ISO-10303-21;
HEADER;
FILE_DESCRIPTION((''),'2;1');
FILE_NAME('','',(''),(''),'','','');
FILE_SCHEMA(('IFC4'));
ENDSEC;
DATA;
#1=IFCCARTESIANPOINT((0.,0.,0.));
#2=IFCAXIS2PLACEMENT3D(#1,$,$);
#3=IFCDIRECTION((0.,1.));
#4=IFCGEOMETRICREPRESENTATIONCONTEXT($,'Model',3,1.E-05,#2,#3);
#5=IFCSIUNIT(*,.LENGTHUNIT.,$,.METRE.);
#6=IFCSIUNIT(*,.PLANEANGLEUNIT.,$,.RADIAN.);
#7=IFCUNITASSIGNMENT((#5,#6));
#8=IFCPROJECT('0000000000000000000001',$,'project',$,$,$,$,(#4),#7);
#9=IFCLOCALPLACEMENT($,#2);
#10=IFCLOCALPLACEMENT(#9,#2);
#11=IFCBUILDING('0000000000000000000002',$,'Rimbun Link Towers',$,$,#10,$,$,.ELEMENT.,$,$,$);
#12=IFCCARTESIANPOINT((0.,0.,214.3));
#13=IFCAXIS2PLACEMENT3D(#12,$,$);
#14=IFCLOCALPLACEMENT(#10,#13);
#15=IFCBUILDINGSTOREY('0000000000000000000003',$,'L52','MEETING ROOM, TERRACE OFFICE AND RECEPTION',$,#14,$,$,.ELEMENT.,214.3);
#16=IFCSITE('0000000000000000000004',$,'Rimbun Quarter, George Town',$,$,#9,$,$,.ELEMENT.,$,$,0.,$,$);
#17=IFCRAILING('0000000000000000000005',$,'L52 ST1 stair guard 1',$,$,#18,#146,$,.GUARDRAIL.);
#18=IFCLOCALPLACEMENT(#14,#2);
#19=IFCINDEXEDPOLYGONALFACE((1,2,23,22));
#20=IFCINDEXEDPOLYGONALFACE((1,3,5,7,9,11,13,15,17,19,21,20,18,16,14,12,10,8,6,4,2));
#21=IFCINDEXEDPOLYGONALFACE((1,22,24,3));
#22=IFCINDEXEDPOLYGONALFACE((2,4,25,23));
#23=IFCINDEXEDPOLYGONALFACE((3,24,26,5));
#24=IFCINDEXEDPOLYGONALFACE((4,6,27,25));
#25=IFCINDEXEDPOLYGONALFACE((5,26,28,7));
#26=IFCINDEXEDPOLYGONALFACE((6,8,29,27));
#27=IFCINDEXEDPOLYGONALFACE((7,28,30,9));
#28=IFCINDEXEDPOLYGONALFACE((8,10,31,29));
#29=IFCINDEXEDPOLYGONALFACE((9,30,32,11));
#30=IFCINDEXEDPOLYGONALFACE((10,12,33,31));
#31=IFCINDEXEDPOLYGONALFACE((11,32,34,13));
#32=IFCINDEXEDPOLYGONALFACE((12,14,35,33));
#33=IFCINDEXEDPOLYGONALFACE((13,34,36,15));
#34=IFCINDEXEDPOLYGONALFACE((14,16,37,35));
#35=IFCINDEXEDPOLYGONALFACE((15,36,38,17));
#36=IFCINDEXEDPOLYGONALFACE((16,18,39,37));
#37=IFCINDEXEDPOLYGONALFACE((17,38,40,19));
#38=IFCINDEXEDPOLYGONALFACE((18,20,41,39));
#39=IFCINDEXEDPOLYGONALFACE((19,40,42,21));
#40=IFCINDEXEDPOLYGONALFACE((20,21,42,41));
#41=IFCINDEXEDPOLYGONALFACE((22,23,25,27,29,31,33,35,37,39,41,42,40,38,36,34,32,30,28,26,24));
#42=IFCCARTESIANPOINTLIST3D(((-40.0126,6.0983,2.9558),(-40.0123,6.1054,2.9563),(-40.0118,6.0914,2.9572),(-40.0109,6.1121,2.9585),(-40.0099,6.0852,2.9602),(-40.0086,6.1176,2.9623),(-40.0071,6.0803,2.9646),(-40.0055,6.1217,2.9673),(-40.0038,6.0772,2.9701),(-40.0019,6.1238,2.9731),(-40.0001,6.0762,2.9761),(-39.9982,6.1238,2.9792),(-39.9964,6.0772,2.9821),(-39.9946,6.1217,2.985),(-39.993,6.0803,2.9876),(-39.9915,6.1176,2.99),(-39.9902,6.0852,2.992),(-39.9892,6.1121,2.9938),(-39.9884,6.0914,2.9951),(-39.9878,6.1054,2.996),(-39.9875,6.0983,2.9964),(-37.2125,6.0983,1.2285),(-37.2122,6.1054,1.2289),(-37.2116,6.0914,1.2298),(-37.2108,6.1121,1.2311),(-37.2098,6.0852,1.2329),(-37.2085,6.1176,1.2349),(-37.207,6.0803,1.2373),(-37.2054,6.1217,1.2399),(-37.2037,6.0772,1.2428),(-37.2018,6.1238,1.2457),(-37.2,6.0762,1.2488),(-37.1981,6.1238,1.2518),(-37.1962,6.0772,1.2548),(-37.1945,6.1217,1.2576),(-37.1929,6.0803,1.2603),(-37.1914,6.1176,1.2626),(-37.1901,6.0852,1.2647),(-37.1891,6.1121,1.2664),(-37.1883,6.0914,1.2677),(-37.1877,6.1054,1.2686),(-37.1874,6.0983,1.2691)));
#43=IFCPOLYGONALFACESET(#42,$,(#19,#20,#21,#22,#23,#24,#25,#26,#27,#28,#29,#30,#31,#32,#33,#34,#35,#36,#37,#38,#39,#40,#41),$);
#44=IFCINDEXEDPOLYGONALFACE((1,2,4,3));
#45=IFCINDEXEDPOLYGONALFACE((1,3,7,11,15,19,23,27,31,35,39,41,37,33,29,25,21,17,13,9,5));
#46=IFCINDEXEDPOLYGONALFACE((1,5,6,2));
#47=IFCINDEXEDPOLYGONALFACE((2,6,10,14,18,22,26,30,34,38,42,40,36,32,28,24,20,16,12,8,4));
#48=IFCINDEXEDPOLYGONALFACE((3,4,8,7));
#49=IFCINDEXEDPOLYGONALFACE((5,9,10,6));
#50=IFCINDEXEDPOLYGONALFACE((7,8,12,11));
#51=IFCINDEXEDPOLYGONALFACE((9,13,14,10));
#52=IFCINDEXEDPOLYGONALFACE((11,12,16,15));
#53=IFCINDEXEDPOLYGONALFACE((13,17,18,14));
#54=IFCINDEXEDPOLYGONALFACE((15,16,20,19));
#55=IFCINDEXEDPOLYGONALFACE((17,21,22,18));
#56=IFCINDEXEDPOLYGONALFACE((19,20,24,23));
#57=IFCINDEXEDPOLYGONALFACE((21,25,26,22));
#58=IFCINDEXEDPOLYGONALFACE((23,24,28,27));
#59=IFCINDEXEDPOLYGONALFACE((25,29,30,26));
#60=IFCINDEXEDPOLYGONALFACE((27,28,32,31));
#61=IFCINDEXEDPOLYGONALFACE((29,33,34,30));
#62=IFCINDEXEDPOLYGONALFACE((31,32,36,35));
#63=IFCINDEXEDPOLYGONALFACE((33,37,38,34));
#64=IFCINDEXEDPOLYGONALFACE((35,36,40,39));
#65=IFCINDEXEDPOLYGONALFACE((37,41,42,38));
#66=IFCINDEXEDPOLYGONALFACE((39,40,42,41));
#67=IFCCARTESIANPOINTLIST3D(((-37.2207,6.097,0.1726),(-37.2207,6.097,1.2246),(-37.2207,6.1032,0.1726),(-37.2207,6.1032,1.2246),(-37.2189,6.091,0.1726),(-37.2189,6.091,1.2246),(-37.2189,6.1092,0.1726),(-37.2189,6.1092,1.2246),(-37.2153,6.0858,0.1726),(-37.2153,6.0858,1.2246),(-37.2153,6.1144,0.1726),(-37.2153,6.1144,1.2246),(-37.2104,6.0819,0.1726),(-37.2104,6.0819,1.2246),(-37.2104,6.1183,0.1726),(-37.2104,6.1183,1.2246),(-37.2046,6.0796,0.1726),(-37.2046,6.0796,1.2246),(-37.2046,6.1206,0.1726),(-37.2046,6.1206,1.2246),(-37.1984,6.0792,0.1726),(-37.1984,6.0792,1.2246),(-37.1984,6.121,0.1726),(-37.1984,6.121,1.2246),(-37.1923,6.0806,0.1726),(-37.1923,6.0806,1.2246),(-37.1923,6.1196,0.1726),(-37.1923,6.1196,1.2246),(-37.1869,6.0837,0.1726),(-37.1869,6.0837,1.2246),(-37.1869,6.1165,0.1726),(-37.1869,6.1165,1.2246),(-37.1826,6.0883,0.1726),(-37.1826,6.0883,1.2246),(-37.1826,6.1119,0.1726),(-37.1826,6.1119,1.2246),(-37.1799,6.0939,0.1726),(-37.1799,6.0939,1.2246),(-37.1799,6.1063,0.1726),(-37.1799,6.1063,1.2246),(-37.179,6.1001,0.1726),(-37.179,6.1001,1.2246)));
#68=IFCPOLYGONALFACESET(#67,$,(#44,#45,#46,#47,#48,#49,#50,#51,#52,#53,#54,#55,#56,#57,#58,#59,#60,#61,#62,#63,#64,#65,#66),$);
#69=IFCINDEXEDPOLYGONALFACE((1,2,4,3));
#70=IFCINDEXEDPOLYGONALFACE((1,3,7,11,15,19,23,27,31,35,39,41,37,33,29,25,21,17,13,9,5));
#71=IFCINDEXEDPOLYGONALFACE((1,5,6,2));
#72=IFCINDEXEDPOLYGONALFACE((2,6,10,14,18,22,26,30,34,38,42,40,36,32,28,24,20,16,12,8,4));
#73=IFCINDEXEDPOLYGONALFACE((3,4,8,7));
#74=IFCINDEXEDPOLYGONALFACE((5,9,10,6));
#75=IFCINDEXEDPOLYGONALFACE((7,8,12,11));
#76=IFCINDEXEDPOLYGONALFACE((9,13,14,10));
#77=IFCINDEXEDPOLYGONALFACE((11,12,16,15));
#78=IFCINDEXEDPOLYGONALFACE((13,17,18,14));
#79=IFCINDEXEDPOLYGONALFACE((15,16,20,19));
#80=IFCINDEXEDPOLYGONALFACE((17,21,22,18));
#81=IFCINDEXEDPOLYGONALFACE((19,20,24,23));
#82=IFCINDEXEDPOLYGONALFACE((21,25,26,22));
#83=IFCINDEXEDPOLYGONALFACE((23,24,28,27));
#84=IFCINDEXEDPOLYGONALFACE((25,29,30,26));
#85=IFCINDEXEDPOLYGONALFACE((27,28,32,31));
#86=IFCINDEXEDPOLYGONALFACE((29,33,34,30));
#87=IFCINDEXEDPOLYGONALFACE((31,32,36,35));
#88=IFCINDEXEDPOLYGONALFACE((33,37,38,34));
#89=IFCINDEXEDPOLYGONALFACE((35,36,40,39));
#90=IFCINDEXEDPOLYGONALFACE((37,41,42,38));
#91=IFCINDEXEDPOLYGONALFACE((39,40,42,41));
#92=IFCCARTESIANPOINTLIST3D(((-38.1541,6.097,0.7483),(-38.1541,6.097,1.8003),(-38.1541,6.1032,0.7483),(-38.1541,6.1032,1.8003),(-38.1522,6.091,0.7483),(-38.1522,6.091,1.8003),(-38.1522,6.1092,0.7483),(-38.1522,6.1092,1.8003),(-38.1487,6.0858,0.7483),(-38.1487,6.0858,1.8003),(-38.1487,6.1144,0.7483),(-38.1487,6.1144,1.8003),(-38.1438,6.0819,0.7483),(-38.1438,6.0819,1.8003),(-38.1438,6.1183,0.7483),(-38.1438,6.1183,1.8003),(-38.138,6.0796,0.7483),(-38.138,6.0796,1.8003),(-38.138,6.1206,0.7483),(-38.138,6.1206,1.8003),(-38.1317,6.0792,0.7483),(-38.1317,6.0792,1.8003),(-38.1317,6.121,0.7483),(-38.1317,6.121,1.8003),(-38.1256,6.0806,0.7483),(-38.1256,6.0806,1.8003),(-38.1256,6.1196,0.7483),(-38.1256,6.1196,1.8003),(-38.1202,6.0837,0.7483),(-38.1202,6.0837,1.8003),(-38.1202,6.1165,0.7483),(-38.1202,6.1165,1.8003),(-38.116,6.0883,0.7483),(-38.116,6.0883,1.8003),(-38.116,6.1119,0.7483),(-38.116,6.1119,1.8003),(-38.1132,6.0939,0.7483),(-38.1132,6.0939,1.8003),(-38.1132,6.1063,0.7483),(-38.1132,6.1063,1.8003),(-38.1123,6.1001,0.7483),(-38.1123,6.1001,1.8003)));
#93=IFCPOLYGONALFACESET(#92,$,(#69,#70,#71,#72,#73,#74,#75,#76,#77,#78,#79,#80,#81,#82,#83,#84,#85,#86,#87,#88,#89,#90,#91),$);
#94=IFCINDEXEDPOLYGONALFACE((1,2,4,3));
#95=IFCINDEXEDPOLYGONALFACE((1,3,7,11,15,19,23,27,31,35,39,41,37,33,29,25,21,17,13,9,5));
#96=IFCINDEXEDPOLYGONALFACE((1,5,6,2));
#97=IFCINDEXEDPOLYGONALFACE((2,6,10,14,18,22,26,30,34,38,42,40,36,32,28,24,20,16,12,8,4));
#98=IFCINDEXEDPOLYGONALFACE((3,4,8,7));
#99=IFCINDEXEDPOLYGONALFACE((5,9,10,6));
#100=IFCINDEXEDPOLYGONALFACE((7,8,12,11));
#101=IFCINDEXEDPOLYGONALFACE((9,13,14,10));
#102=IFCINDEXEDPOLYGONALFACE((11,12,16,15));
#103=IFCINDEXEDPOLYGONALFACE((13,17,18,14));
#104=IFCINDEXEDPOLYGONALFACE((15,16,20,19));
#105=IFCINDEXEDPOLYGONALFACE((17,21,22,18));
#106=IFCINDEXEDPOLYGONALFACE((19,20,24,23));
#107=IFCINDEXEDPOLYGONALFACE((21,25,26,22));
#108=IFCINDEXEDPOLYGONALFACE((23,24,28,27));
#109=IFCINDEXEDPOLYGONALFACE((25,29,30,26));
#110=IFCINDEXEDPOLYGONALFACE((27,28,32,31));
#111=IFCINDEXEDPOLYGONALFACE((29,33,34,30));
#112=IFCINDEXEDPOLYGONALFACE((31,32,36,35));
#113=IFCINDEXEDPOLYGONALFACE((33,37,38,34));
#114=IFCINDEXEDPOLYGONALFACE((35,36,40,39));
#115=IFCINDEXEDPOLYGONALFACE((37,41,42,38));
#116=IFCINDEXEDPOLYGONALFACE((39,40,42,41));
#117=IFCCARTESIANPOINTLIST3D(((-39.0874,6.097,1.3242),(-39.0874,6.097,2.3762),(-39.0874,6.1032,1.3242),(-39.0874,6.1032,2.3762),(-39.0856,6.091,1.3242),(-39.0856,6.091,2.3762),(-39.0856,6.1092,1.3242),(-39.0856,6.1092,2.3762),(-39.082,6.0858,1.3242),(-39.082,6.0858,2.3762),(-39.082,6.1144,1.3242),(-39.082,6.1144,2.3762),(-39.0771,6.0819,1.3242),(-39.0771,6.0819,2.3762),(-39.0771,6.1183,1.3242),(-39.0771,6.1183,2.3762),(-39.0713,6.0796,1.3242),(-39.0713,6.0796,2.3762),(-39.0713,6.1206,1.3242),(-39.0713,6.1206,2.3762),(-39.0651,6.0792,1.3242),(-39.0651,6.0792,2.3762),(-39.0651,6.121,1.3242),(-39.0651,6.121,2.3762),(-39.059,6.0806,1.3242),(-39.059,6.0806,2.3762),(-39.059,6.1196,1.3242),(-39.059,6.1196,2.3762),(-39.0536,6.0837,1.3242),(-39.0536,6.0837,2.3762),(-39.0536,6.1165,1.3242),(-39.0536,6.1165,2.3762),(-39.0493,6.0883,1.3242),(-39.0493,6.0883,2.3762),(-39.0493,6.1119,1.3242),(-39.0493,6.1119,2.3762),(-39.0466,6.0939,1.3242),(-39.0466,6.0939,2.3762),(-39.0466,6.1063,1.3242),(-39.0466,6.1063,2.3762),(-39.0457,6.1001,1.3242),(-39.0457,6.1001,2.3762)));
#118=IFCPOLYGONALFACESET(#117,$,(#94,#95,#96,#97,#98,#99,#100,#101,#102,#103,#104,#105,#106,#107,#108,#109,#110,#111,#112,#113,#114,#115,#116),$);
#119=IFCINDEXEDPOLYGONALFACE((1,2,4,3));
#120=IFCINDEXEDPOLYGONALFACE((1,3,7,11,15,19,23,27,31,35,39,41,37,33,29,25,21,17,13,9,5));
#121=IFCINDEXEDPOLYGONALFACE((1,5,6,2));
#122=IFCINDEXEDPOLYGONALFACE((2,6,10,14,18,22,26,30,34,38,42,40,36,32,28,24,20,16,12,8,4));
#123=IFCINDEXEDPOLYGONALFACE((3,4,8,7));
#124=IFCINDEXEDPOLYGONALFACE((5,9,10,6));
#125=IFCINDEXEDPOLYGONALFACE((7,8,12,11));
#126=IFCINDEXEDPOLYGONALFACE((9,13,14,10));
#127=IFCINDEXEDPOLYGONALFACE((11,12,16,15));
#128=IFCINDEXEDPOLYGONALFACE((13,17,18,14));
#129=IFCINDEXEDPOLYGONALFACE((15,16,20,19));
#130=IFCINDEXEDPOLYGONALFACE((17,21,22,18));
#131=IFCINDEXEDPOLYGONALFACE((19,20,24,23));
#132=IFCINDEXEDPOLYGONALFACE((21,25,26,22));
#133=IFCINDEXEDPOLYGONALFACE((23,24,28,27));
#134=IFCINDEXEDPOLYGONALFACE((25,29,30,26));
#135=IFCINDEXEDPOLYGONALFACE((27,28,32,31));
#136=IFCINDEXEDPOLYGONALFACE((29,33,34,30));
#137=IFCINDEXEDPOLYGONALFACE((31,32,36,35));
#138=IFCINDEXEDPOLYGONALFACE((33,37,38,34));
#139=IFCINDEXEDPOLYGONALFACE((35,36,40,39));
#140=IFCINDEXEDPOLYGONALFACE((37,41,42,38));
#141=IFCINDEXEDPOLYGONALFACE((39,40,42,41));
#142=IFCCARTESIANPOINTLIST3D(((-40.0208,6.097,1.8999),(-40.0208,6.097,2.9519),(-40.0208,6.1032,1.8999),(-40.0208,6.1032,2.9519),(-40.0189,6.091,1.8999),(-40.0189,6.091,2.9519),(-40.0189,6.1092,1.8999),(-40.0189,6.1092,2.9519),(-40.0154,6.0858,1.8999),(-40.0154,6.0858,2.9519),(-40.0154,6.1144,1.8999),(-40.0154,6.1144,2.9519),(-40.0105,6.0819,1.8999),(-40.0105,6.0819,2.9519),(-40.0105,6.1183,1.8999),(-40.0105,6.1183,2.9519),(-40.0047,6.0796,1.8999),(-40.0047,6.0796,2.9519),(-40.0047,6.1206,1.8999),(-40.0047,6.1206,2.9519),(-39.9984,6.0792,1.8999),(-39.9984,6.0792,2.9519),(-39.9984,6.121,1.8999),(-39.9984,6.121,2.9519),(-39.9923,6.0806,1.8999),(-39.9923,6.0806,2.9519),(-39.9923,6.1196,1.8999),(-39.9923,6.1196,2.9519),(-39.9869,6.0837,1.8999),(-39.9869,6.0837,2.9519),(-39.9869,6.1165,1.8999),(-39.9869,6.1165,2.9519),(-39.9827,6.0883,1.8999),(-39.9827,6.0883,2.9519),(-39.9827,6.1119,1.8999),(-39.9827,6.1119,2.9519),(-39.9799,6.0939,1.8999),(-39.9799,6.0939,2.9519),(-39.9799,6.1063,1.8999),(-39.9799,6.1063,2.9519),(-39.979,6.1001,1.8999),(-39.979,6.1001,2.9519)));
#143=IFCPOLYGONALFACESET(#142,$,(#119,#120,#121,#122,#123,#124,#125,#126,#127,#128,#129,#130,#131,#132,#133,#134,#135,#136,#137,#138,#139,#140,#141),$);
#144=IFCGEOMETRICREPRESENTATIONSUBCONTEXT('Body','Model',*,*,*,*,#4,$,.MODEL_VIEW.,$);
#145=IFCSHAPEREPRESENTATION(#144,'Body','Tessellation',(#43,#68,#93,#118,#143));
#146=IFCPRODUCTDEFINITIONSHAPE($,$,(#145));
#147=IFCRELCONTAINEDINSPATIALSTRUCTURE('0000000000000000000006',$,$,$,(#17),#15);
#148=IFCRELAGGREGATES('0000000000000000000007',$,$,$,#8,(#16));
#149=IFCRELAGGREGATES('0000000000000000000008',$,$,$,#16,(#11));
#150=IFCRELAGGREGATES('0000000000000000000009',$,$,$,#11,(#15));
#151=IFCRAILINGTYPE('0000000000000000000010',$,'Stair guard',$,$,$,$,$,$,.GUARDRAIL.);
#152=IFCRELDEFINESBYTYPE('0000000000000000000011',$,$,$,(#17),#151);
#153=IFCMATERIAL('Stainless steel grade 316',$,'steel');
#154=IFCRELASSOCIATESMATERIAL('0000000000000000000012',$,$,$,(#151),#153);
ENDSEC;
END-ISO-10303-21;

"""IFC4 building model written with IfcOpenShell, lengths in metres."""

from ifc_helpers import new_model, si_unit, direction, frame, origin, origin_2d, place, context, subcontext, project, spatial, circle, extrude, material, type_object, element, save


model = new_model("IFC4")

# Units and contexts
model_context = context("Model", 3, precision=1e-05, world=origin(), true_north=direction((0.0, 1.0)))
body_context = subcontext(model_context, "Body", "Model", "MODEL_VIEW")
ifc_project = project(units=[si_unit("LENGTHUNIT", "METRE"), si_unit("PLANEANGLEUNIT", "RADIAN")], contexts=[model_context])

# Site, building, storey
site_placement = place(None, origin())
site = spatial("IfcSite", under=ifc_project, at=site_placement, Name="Rimbun Quarter, George Town", CompositionType="ELEMENT", RefElevation=0.0)
building_placement = place(site_placement, origin())
building = spatial("IfcBuilding", under=site, at=building_placement, Name="Rimbun Link Towers", CompositionType="ELEMENT")
storey_placement = place(building_placement, frame((0.0, 0.0, 214.3)))
storey = spatial("IfcBuildingStorey", under=building, at=storey_placement, Name="L52", Description="MEETING ROOM, TERRACE OFFICE AND RECEPTION", CompositionType="ELEMENT", Elevation=214.3)

# Railing
ifc_material_1 = material(Name="Stainless steel grade 316", Category="steel")
railing_type_1 = type_object("IfcRailingType", Name="Stair guard", PredefinedType="GUARDRAIL", material=ifc_material_1)
railing_1_placement = place(storey_placement, frame((-37.2, 6.1001, 0.1726)))
element("IfcRailing", 1, at=railing_1_placement, inside=storey, type_object=railing_type_1, Name="L52 ST1 stair guard 1", PredefinedType="GUARDRAIL", context=body_context, shape_type="SweptSolid", body=[
    extrude(circle(Radius=0.0239, at=origin_2d()), frame((0.0, 0.0, 1.0762), z_axis=(-0.85109, 0.0, 0.52502), x_axis=(0.0, -1.0, 0.0)), (0.0, 0.0, 1.0), 3.29),
    extrude(circle(Radius=0.021, at=origin_2d()), origin(), (0.0, 0.0, 1.0), 1.052),
    extrude(circle(Radius=0.021, at=origin_2d()), frame((-0.9333, 0.0, 0.5757)), (0.0, 0.0, 1.0), 1.052),
    extrude(circle(Radius=0.021, at=origin_2d()), frame((-1.8667, 0.0, 1.1516)), (0.0, 0.0, 1.0), 1.052),
    extrude(circle(Radius=0.021, at=origin_2d()), frame((-2.8, 0.0, 1.7273)), (0.0, 0.0, 1.0), 1.052),
])

save(model, "model.ifc")
